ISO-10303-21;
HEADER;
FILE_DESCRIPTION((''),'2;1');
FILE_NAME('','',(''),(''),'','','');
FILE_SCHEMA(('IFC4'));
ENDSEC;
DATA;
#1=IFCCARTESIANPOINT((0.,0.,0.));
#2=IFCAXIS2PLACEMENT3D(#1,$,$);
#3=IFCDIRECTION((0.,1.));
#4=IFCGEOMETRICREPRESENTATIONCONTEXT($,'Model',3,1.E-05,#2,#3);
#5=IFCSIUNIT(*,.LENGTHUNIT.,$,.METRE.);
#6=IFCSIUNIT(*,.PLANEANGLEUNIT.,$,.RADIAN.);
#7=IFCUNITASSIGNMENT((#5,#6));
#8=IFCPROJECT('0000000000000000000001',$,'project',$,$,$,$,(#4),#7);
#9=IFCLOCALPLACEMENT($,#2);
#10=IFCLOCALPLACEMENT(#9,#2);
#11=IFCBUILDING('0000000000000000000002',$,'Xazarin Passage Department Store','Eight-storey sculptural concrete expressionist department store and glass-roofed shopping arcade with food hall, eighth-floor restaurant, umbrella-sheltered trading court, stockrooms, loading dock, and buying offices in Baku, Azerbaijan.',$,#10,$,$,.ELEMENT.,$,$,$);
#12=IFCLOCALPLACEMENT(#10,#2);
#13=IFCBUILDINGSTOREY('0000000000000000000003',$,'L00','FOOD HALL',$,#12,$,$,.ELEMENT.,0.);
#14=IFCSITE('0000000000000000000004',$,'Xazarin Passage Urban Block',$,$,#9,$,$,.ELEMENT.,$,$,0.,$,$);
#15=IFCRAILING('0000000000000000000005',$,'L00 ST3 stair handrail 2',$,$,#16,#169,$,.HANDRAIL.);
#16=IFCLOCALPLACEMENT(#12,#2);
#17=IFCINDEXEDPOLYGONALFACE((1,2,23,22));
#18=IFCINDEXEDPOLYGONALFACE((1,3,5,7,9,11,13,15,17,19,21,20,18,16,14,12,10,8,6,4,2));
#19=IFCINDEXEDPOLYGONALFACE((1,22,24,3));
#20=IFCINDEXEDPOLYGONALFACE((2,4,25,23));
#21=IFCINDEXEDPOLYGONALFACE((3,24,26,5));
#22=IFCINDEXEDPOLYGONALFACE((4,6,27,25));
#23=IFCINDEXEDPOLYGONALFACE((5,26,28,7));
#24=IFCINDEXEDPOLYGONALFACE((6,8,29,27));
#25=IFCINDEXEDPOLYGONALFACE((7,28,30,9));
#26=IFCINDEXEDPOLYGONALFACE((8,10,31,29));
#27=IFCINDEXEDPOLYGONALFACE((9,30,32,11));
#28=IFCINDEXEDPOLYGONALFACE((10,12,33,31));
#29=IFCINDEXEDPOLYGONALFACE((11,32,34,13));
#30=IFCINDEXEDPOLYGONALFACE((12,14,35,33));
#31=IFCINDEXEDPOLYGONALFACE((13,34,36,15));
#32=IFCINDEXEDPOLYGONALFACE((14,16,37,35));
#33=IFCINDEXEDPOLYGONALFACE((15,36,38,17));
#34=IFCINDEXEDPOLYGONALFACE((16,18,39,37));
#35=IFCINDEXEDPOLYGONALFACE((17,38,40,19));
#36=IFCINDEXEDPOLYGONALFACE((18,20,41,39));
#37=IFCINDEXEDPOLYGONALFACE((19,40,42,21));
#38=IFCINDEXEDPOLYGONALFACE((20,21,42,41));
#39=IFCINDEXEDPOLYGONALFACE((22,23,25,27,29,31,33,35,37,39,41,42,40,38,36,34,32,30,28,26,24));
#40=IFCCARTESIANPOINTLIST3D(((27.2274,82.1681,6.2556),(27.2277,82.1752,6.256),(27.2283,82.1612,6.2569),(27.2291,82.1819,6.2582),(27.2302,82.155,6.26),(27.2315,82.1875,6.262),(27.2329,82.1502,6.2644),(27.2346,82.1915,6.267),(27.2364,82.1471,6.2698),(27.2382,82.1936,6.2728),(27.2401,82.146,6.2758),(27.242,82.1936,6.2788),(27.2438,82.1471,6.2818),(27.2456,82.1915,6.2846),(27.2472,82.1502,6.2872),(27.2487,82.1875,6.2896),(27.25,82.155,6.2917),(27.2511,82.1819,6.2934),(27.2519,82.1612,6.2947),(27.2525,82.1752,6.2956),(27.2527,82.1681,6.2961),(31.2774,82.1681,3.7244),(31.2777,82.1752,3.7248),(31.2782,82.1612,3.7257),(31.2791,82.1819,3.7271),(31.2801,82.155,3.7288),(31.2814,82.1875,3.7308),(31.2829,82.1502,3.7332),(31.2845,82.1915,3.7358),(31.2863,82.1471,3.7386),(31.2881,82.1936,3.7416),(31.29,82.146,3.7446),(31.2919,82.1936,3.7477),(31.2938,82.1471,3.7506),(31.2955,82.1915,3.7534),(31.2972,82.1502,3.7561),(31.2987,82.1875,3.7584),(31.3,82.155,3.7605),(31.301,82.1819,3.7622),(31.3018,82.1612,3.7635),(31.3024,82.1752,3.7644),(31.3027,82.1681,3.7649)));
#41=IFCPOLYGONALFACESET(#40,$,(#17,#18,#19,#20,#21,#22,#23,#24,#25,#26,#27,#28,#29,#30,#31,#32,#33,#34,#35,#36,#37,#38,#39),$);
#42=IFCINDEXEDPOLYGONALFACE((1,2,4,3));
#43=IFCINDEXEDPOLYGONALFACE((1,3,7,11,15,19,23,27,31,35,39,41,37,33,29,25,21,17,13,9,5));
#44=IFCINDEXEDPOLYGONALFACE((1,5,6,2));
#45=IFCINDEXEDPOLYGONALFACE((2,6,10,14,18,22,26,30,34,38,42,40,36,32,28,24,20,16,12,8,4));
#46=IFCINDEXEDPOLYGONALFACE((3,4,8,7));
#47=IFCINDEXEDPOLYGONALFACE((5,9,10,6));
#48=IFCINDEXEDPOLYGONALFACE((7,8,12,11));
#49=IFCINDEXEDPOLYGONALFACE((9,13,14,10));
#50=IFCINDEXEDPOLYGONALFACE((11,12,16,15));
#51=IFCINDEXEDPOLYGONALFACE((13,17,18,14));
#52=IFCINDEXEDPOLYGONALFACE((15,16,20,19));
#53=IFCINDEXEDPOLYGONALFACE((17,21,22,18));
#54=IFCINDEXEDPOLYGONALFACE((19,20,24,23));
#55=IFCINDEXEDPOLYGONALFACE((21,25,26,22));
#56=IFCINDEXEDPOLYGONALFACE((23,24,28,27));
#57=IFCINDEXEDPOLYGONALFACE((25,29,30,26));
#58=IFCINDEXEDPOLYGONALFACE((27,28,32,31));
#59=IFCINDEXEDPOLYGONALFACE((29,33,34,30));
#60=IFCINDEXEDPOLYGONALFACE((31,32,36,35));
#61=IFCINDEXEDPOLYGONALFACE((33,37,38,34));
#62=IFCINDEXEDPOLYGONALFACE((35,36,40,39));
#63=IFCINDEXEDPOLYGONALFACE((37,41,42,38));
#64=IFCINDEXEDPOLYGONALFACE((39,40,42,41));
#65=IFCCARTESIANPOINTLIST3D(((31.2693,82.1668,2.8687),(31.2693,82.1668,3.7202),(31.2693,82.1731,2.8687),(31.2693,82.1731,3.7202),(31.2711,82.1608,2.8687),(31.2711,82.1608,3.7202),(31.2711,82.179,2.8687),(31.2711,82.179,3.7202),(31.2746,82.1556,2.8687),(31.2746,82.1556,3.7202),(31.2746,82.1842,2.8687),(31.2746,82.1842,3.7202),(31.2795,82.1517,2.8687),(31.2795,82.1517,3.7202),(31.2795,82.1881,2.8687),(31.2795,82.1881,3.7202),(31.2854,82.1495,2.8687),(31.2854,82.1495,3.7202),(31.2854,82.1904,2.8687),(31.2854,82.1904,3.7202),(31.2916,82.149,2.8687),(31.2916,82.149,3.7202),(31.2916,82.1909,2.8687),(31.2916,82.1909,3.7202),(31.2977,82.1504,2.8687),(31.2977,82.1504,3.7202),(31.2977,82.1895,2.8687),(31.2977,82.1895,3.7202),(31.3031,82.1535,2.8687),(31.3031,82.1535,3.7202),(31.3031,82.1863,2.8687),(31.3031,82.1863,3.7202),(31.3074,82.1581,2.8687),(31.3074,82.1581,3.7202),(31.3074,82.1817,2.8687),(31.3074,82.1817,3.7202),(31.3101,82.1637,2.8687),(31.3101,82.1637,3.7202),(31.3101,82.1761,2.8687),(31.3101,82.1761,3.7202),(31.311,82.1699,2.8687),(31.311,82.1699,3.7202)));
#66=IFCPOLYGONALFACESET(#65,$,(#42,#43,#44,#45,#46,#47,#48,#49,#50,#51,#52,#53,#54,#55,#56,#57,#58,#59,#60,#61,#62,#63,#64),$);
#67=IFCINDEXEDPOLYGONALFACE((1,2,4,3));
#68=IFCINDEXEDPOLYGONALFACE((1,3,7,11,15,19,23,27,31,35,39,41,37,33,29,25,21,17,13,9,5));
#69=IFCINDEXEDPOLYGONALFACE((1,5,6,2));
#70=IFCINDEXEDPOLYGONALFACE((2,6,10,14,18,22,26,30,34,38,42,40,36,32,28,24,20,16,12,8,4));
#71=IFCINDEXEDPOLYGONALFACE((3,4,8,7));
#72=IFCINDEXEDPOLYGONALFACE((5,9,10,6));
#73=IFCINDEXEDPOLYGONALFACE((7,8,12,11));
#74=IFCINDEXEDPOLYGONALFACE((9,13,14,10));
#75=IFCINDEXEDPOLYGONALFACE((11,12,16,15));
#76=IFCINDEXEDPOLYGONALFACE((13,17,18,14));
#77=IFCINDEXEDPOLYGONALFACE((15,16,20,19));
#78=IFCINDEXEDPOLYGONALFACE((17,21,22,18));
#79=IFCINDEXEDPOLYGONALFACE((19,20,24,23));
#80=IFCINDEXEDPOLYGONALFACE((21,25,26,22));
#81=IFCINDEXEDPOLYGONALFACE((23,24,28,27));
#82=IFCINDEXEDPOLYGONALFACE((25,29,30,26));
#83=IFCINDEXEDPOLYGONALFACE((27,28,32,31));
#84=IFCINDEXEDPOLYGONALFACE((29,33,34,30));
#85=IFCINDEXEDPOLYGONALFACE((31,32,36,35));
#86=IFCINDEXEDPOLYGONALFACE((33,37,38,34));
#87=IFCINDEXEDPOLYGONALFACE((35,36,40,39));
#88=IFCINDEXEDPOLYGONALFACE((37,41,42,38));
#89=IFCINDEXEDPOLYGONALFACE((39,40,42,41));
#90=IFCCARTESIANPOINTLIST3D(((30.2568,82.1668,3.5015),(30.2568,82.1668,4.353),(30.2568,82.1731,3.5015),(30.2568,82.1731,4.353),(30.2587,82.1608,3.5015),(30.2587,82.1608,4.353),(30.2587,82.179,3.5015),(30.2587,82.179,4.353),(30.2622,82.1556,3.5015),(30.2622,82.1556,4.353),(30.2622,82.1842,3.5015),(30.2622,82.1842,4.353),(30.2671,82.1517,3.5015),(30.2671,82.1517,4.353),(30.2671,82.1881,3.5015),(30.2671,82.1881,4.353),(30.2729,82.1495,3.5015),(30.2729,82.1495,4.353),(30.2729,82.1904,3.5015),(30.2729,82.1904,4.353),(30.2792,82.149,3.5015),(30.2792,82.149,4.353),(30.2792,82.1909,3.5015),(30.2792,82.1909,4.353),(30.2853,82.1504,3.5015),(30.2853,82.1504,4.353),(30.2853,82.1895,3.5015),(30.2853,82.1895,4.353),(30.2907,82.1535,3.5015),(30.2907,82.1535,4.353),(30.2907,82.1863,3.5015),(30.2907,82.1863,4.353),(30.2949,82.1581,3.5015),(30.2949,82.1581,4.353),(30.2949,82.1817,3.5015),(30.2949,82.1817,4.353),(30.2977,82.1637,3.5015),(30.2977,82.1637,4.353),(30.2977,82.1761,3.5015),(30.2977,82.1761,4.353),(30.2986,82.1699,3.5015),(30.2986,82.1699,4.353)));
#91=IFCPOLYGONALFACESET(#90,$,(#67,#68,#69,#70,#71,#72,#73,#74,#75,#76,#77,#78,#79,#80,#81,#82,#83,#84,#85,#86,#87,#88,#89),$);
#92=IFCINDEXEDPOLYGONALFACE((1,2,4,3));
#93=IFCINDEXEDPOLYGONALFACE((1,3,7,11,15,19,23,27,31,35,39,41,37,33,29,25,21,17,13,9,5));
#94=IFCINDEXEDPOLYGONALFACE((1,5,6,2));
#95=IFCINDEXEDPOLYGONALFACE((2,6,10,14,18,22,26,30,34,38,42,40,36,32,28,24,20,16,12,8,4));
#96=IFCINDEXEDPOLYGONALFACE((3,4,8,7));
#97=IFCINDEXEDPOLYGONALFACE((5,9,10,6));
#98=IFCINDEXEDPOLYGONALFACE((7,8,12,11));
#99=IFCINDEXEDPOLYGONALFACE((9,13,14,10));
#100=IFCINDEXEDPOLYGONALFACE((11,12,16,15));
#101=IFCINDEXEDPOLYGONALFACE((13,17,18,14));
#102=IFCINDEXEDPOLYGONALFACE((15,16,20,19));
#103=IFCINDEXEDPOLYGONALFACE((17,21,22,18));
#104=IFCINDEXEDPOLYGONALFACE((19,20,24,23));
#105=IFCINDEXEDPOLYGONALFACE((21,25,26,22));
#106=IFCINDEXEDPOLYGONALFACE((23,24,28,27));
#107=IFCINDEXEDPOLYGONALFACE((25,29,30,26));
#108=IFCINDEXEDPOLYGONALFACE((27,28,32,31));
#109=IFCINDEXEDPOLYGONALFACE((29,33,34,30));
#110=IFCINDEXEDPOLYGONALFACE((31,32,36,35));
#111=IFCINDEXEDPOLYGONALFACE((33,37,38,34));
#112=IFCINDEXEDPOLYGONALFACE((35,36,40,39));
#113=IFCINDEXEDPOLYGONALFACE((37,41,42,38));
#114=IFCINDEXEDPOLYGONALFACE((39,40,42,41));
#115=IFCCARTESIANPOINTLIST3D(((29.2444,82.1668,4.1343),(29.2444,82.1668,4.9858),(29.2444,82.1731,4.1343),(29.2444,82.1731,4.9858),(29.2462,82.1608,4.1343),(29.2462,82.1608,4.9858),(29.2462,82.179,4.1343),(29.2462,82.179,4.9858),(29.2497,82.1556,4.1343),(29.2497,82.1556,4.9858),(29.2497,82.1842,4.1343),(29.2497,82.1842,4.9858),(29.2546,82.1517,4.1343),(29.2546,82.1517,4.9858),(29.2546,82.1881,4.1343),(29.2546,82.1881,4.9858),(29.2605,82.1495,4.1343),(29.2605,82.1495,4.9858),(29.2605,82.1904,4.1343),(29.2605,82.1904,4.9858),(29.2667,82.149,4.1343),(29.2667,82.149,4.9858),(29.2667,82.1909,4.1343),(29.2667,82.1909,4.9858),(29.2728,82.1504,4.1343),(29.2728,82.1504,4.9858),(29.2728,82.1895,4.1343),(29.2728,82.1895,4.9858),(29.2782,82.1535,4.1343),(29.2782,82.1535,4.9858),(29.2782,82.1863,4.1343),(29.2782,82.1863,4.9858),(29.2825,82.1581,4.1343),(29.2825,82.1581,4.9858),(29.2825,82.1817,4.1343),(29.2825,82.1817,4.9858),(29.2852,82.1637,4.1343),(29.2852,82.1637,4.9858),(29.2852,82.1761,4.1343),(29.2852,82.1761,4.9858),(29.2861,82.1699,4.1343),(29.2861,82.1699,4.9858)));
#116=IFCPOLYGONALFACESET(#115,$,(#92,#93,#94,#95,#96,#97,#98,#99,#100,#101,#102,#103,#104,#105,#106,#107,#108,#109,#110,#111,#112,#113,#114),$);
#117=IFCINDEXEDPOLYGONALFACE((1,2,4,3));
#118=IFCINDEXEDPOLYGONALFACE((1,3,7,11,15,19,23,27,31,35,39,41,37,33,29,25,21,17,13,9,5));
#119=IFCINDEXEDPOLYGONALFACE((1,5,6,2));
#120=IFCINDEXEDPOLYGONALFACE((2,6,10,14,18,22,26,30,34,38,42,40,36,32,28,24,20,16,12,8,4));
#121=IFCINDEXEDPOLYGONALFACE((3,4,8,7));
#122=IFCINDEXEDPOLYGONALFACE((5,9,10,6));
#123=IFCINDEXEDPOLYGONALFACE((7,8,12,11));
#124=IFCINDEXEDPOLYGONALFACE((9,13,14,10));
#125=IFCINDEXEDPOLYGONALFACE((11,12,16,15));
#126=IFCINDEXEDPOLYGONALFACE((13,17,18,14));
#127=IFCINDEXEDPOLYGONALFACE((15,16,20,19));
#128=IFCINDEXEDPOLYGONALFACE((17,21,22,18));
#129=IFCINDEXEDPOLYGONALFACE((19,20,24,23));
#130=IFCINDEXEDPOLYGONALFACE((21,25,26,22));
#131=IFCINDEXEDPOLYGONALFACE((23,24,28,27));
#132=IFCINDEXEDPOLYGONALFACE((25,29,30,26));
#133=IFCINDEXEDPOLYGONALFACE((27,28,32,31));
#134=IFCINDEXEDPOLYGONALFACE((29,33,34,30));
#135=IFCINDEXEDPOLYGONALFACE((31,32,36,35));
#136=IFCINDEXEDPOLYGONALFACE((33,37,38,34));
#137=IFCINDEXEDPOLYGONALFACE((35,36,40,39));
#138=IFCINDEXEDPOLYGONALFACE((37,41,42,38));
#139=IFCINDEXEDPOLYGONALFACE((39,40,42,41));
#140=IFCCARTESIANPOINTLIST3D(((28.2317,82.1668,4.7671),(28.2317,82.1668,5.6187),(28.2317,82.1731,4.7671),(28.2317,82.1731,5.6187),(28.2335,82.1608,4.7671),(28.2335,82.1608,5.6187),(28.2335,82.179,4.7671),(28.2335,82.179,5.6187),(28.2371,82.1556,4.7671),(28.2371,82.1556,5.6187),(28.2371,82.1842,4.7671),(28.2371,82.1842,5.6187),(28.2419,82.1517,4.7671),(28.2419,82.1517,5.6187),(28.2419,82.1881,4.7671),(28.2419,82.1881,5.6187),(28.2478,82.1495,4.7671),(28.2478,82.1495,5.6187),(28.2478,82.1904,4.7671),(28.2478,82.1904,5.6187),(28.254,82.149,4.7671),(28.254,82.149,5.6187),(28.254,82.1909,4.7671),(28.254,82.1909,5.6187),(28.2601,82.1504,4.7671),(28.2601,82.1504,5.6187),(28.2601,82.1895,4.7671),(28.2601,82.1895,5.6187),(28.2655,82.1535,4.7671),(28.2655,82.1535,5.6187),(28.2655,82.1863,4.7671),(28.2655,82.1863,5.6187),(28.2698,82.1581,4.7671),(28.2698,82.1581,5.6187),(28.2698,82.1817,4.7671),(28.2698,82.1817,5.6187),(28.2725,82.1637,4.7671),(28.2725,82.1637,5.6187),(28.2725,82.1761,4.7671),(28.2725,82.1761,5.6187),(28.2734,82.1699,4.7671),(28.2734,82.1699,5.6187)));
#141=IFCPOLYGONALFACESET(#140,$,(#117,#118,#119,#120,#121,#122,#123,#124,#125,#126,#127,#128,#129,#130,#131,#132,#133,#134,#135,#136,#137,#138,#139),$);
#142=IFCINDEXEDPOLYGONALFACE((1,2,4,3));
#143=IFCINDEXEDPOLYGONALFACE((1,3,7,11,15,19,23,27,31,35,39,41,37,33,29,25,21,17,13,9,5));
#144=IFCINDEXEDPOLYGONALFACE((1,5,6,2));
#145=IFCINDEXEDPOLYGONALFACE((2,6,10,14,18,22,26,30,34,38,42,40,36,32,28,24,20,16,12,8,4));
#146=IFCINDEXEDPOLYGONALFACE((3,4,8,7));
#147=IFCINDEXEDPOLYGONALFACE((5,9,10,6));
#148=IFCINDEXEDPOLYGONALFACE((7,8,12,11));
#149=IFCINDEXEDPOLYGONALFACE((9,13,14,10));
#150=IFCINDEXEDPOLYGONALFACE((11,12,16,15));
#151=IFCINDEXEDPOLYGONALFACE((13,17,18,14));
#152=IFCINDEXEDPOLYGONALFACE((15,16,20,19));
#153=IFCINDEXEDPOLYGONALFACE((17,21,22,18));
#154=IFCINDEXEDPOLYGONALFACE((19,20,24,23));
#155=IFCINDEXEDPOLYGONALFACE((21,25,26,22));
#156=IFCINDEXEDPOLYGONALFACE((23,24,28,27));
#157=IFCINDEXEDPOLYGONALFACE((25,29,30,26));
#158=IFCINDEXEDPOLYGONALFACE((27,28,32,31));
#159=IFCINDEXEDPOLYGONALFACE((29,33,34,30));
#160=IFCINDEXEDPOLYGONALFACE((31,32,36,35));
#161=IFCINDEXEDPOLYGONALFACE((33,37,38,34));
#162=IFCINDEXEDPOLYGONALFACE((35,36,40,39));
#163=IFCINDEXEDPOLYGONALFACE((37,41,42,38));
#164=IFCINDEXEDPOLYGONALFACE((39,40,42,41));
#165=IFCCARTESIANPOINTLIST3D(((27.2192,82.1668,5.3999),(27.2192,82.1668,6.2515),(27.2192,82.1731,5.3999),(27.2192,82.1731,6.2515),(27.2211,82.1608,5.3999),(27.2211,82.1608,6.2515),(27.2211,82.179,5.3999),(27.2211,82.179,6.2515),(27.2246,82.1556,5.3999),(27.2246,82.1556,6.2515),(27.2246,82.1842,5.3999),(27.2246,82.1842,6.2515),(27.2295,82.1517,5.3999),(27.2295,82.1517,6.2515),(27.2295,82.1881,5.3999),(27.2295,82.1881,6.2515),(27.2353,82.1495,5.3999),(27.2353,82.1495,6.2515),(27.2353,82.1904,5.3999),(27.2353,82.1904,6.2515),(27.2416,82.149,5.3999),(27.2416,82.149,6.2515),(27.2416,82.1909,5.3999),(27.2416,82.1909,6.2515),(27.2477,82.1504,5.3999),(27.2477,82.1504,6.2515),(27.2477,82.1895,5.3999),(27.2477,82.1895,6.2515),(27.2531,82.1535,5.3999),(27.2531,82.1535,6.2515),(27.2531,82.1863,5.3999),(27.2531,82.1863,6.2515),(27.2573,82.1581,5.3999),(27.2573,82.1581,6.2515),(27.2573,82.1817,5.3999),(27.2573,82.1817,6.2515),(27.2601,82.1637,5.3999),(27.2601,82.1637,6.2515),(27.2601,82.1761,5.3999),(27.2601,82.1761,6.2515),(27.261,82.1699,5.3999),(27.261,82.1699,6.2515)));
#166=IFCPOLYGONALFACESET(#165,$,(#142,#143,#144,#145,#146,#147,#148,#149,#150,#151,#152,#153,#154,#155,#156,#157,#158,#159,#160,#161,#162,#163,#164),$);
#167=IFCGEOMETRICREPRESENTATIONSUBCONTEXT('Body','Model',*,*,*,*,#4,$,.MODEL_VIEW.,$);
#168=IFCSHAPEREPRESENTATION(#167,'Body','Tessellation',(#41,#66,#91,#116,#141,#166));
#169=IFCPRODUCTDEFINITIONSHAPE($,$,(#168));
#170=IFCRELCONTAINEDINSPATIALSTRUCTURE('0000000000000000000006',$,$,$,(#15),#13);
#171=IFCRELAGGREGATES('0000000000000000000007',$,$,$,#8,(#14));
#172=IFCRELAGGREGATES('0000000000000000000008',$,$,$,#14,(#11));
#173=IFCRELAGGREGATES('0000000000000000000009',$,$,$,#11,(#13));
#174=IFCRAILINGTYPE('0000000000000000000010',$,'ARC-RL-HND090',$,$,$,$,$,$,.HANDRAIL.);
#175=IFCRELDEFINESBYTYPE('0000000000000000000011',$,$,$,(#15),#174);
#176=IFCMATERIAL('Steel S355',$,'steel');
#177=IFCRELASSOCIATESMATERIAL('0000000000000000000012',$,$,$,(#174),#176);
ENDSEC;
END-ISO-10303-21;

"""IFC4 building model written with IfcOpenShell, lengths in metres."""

from ifc_helpers import new_model, si_unit, direction, frame, origin, origin_2d, place, context, subcontext, project, spatial, circle, extrude, material, type_object, element, save


model = new_model("IFC4")

# Units and contexts
model_context = context("Model", 3, precision=1e-05, world=origin(), true_north=direction((0.0, 1.0)))
body_context = subcontext(model_context, "Body", "Model", "MODEL_VIEW")
ifc_project = project(units=[si_unit("LENGTHUNIT", "METRE"), si_unit("PLANEANGLEUNIT", "RADIAN")], contexts=[model_context])

# Site, building, storey
site_placement = place(None, origin())
site = spatial("IfcSite", under=ifc_project, at=site_placement, Name="Xazarin Passage Urban Block", CompositionType="ELEMENT", RefElevation=0.0)
building_placement = place(site_placement, origin())
building = spatial("IfcBuilding", under=site, at=building_placement, Name="Xazarin Passage Department Store", Description="Eight-storey sculptural concrete expressionist department store and glass-roofed shopping arcade with food hall, eighth-floor restaurant, umbrella-sheltered trading court, stockrooms, loading dock, and buying offices in Baku, Azerbaijan.", CompositionType="ELEMENT")
storey_placement = place(building_placement, origin())
storey = spatial("IfcBuildingStorey", under=building, at=storey_placement, Name="L00", Description="FOOD HALL", CompositionType="ELEMENT", Elevation=0.0)

# Shared definitions
ifc_material_1 = material(Name="Steel S355", Category="steel")

# Railing
railing_type_1 = type_object("IfcRailingType", Name="ARC-RL-HND090", PredefinedType="HANDRAIL", material=ifc_material_1)
railing_1_placement = place(storey_placement, frame((31.29, 82.1699, 2.8687)))
element("IfcRailing", 1, at=railing_1_placement, inside=storey, type_object=railing_type_1, Name="L00 ST3 stair handrail 2", PredefinedType="HANDRAIL", context=body_context, shape_type="SweptSolid", body=[
    extrude(circle(Radius=0.0239, at=origin_2d()), frame((0.0, 0.0, 0.876), z_axis=(-0.848001, 0.0, 0.529994), x_axis=(0.0, -1.0, 0.0)), (0.0, 0.0, 1.0), 4.7759),
    extrude(circle(Radius=0.021, at=origin_2d()), origin(), (0.0, 0.0, 1.0), 0.8516),
    extrude(circle(Radius=0.021, at=origin_2d()), frame((-1.0125, 0.0, 0.6328)), (0.0, 0.0, 1.0), 0.8516),
    extrude(circle(Radius=0.021, at=origin_2d()), frame((-2.0249, 0.0, 1.2656)), (0.0, 0.0, 1.0), 0.8516),
    extrude(circle(Radius=0.021, at=origin_2d()), frame((-3.0376, 0.0, 1.8984)), (0.0, 0.0, 1.0), 0.8516),
    extrude(circle(Radius=0.021, at=origin_2d()), frame((-4.05, 0.0, 2.5312)), (0.0, 0.0, 1.0), 0.8516),
])

save(model, "model.ifc")
